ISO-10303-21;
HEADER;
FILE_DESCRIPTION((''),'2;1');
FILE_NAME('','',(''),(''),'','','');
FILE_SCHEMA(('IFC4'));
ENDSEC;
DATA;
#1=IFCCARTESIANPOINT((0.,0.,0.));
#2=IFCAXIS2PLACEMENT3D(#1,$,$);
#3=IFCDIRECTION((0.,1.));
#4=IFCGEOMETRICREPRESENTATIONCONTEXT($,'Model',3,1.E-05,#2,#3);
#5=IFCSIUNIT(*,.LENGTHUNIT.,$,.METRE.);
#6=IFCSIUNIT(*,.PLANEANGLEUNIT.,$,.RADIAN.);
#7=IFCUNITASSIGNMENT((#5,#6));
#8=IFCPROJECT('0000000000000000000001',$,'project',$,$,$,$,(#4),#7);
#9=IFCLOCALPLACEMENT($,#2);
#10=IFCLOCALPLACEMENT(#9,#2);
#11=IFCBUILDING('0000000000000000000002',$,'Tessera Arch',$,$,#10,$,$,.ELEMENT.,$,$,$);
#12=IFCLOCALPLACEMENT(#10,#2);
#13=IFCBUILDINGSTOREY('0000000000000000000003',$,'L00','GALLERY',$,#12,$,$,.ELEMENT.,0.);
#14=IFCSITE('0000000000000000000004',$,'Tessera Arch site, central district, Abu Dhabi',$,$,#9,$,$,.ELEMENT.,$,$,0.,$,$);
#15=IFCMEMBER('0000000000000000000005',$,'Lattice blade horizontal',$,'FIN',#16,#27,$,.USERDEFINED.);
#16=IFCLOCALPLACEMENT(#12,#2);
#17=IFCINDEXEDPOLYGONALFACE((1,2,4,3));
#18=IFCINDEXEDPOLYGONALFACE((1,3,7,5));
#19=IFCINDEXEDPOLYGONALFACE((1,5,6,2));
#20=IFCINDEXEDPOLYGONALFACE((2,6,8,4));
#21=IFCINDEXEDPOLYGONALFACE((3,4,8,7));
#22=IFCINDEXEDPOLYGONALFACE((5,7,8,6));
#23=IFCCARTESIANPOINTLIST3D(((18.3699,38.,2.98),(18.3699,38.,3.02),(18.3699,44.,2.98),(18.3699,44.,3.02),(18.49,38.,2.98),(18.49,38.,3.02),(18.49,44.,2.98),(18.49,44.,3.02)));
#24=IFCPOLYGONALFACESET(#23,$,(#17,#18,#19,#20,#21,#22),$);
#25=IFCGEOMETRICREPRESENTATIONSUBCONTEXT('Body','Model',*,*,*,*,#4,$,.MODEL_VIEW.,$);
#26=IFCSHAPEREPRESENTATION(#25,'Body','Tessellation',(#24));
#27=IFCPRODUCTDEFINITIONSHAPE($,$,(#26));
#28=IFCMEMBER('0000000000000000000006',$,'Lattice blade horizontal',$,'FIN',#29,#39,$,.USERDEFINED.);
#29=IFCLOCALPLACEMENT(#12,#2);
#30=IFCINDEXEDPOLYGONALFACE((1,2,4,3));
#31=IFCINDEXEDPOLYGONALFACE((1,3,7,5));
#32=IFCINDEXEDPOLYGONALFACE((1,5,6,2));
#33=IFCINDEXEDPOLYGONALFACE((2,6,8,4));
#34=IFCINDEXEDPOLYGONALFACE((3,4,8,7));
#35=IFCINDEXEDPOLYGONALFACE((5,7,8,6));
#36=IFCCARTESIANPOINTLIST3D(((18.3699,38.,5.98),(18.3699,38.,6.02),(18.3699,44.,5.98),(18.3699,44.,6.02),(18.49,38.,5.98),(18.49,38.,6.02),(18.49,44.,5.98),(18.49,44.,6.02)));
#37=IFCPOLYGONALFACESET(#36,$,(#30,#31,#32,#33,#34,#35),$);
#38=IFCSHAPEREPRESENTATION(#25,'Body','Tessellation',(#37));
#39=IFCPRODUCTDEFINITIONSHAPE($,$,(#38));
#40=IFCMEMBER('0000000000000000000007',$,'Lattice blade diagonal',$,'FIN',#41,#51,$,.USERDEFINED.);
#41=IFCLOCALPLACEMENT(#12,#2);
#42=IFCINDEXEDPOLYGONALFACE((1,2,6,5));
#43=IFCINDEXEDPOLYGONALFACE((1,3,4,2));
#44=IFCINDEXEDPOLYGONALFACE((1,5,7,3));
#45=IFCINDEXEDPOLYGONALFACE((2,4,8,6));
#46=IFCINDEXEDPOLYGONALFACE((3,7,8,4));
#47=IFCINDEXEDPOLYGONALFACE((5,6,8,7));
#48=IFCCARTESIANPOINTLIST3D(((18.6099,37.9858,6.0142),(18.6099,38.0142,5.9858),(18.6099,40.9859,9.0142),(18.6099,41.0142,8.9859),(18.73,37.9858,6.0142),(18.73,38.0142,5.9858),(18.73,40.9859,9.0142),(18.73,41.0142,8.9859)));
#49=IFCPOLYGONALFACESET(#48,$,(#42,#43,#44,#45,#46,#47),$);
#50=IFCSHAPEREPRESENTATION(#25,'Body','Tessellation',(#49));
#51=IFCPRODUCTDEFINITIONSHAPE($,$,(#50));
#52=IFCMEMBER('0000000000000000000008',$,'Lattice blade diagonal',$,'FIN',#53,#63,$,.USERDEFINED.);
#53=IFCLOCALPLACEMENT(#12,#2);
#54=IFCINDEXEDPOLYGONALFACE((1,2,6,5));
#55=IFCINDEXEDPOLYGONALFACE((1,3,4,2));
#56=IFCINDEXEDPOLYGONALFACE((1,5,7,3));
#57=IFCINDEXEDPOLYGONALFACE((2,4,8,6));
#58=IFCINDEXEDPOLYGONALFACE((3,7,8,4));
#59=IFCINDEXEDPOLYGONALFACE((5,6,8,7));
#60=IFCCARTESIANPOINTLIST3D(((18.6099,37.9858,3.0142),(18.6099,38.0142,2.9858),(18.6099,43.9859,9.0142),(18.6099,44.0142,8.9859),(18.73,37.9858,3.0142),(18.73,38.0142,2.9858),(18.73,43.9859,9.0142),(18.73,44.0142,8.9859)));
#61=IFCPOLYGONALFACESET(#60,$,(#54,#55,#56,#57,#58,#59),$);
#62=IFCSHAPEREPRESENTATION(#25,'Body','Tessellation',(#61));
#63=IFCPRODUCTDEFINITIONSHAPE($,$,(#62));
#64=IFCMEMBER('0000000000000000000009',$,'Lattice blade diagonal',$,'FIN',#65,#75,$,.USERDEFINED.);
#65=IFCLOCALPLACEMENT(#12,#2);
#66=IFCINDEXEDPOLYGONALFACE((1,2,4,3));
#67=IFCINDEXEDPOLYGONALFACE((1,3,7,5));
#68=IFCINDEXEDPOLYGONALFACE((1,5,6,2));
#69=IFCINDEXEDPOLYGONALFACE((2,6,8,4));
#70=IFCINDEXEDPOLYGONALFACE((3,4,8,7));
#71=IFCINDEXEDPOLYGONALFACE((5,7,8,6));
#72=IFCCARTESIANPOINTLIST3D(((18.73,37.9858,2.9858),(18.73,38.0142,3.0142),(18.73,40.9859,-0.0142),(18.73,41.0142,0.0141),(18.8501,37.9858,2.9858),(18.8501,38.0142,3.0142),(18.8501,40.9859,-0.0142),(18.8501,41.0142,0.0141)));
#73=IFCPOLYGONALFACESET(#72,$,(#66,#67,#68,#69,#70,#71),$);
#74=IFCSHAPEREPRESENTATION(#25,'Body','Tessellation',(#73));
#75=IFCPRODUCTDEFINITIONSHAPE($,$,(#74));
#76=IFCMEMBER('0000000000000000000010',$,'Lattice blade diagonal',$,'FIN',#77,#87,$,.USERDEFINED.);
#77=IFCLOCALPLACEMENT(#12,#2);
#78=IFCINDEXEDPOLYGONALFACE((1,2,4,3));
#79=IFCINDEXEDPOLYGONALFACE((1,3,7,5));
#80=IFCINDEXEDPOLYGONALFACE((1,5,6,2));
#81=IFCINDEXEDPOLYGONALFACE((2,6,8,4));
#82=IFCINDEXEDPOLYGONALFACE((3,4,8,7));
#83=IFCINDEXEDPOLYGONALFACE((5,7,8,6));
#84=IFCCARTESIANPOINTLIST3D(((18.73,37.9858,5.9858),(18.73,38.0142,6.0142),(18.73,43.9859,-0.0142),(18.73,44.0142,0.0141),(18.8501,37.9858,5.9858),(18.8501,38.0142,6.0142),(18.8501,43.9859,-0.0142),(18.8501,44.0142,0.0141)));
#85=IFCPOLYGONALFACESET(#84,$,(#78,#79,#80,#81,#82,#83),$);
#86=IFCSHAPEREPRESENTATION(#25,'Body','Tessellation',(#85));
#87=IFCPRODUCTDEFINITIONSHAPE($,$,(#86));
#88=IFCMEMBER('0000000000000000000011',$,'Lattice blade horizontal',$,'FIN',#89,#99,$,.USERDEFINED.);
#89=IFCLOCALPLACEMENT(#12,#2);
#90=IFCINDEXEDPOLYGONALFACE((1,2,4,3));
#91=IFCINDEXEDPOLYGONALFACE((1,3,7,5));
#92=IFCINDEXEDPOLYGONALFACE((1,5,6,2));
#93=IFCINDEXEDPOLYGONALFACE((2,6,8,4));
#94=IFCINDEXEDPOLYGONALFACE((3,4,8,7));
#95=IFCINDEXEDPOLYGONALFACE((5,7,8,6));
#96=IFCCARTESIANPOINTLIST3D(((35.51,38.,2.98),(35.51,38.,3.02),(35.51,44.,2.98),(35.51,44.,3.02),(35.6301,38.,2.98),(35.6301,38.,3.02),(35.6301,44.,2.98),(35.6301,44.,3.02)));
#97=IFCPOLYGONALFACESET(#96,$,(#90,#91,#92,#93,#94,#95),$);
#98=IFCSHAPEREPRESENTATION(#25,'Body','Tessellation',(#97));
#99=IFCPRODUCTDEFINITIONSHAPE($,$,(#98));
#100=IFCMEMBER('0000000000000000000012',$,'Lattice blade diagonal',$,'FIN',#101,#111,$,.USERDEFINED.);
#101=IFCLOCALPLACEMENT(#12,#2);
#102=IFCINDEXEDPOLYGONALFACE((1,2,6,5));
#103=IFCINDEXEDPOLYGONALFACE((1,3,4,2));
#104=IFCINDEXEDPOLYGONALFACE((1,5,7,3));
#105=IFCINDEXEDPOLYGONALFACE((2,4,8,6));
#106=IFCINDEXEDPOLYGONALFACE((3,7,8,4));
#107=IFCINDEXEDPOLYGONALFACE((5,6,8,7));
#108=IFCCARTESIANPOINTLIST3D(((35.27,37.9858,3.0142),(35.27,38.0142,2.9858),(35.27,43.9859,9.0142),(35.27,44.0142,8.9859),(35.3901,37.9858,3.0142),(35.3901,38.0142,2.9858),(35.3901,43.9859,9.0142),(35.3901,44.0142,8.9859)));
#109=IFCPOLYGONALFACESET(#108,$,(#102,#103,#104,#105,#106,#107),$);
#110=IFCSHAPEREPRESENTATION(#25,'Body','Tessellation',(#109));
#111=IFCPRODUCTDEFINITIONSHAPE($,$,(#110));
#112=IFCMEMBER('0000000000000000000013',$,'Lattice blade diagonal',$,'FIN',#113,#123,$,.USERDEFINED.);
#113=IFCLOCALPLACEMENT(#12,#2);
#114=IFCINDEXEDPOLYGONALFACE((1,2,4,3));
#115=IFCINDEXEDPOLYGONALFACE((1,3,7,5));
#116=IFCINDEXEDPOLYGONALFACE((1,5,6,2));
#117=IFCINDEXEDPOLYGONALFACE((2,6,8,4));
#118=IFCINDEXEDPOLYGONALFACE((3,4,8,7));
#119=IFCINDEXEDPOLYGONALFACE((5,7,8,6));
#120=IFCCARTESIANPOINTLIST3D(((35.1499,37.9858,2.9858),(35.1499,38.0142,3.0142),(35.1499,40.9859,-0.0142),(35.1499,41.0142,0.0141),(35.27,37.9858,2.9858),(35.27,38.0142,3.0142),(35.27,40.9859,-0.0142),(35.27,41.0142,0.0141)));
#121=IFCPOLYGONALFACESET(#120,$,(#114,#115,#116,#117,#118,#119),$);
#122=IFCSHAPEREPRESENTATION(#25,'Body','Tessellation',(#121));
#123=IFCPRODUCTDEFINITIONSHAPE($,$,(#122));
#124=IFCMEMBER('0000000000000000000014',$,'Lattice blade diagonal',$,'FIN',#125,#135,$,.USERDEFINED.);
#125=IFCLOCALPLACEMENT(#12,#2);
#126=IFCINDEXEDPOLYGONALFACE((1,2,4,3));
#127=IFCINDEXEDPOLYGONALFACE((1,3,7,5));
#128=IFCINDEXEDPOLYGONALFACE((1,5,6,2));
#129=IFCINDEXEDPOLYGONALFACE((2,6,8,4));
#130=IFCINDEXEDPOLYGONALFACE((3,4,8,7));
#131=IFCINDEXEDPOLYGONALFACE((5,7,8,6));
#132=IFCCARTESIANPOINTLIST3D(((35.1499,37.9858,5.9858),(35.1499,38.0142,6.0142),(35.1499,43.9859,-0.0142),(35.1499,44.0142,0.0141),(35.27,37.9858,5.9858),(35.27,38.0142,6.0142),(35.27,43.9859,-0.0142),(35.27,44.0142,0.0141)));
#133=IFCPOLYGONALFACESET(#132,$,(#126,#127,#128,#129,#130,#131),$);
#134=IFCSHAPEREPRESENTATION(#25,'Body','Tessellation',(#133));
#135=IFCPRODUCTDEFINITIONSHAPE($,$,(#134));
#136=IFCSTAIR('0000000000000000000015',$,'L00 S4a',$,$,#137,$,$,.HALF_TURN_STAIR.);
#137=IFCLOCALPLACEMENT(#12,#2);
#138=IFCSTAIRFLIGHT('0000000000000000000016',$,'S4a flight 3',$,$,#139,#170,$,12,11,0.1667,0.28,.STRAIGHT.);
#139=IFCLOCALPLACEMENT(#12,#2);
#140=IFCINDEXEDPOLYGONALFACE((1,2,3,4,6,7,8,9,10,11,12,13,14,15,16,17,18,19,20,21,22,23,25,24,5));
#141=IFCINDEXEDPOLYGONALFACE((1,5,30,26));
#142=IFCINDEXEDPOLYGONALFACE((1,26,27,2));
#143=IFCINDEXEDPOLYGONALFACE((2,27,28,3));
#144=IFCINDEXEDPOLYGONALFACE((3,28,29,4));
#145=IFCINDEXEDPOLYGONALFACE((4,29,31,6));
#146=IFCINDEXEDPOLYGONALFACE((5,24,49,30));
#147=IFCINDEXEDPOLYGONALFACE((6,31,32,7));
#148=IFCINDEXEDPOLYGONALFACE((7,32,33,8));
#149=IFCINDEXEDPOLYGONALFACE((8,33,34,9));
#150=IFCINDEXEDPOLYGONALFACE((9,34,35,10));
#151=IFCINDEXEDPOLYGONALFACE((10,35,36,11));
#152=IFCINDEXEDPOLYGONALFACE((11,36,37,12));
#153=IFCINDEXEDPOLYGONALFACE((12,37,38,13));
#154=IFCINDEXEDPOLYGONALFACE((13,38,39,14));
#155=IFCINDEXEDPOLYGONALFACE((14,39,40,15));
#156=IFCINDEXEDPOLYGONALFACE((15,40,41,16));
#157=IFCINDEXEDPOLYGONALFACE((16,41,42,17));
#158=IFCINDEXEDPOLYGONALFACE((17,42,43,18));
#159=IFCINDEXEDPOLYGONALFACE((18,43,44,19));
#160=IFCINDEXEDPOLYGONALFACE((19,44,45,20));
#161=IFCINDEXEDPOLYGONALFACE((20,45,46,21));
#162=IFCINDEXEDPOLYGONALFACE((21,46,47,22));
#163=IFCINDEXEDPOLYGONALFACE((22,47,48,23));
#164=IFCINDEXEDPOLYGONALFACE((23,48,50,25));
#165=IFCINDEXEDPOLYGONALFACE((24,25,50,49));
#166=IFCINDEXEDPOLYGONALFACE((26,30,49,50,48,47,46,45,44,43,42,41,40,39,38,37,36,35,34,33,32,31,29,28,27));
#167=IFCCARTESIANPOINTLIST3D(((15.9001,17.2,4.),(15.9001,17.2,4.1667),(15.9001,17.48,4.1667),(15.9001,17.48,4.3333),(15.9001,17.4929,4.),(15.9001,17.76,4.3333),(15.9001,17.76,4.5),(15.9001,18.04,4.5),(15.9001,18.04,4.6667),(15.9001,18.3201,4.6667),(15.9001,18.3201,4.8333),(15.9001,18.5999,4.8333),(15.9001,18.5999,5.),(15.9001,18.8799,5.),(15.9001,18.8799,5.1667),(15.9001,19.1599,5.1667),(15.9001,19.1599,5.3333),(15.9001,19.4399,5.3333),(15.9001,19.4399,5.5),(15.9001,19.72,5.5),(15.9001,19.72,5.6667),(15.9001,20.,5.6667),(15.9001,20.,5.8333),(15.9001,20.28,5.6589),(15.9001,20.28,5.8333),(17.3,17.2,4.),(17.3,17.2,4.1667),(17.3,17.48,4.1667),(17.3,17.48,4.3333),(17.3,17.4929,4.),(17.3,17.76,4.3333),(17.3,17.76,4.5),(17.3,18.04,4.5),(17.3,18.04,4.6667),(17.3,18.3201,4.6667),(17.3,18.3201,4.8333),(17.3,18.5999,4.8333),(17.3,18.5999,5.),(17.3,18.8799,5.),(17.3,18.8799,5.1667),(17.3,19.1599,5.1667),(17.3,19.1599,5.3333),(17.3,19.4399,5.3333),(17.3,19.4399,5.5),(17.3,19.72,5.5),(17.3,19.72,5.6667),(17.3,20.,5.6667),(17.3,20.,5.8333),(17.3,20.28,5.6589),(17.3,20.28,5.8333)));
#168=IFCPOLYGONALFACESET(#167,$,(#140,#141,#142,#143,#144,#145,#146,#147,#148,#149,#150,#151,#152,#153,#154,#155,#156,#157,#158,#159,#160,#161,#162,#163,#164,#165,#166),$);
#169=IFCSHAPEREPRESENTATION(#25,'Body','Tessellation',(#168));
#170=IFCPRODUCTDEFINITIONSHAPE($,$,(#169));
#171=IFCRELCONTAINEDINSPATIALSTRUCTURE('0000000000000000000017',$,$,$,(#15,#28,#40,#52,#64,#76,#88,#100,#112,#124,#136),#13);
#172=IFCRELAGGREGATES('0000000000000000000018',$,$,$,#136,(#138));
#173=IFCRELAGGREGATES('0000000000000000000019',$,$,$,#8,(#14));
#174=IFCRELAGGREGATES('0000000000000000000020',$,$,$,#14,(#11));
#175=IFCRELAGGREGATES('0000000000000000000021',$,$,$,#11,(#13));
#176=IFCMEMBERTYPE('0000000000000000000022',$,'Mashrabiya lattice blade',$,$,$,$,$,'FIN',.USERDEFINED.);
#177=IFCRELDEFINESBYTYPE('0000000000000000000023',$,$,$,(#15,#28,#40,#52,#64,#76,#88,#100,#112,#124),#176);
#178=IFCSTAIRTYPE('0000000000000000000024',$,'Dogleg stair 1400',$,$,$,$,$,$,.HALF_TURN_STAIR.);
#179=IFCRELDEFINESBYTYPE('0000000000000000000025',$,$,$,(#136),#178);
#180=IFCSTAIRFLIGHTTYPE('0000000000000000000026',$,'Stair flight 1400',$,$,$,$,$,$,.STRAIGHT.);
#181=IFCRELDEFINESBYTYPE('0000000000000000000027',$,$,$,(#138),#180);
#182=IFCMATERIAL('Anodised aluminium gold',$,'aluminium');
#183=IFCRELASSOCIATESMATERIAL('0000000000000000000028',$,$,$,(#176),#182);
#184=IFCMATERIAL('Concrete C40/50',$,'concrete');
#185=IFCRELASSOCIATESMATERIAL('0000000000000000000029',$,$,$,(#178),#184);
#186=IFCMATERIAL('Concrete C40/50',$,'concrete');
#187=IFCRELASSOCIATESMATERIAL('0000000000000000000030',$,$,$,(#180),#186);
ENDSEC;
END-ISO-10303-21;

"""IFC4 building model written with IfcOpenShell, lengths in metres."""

from ifc_helpers import new_model, si_unit, direction, frame, origin, origin_2d, place, context, subcontext, project, spatial, polyline, rectangle, outline, extrude, material, material_profile, profile_set, type_object, element, aggregate, save


model = new_model("IFC4")

# Units and contexts
model_context = context("Model", 3, precision=1e-05, world=origin(), true_north=direction((0.0, 1.0)))
body_context = subcontext(model_context, "Body", "Model", "MODEL_VIEW")
ifc_project = project(units=[si_unit("LENGTHUNIT", "METRE"), si_unit("PLANEANGLEUNIT", "RADIAN")], contexts=[model_context])

# Site, building, storey
site_placement = place(None, origin())
site = spatial("IfcSite", under=ifc_project, at=site_placement, Name="Tessera Arch site, central district, Abu Dhabi", CompositionType="ELEMENT", RefElevation=0.0)
building_placement = place(site_placement, origin())
building = spatial("IfcBuilding", under=site, at=building_placement, Name="Tessera Arch", CompositionType="ELEMENT")
storey_placement = place(building_placement, origin())
storey = spatial("IfcBuildingStorey", under=building, at=storey_placement, Name="L00", Description="GALLERY", CompositionType="ELEMENT", Elevation=0.0)

# Members
ifc_material_1 = material(Name="Anodised aluminium gold", Category="aluminium")
ifc_material_profile = material_profile(ifc_material_1, rectangle(XDim=0.1201, YDim=0.04, at=origin_2d()), Name="AL 40x120")
ifc_profile_set = profile_set([ifc_material_profile], Name="Anodised aluminium gold")
member_type = type_object("IfcMemberType", Name="Mashrabiya lattice blade", ElementType="FIN", PredefinedType="USERDEFINED", material=ifc_profile_set)
for number, where, z_axis, x_axis, name in (
    (1, (18.4299, 38.0, 3.0), (0.0, 1.0, 0.0), (-1.0, 0.0, 0.0), "Lattice blade horizontal"),
    (2, (18.4299, 38.0, 6.0), (0.0, 1.0, 0.0), (-1.0, 0.0, 0.0), "Lattice blade horizontal"),
):
    element("IfcMember", number, at=place(storey_placement, frame(where, z_axis=z_axis, x_axis=x_axis)), inside=storey, type_object=member_type, Name=name, ObjectType="FIN", PredefinedType="USERDEFINED", context=body_context, shape_type="SweptSolid", body=[
        extrude(rectangle(XDim=0.1201, YDim=0.04, at=origin_2d()), origin(), (0.0, 0.0, 1.0), 6.0),
    ])
member_1_placement = place(storey_placement, frame((18.6699, 38.0, 6.0), z_axis=(0.0, 0.707107, 0.707107), x_axis=(-1.0, 0.0, 0.0)))
element("IfcMember", 3, at=member_1_placement, inside=storey, type_object=member_type, Name="Lattice blade diagonal", ObjectType="FIN", PredefinedType="USERDEFINED", context=body_context, shape_type="SweptSolid", body=[
    extrude(rectangle(XDim=0.1201, YDim=0.04, at=origin_2d()), origin(), (0.0, 0.0, 1.0), 4.2427),
])
member_2_placement = place(storey_placement, frame((18.6699, 38.0, 3.0), z_axis=(0.0, 0.707107, 0.707107), x_axis=(-1.0, 0.0, 0.0)))
element("IfcMember", 4, at=member_2_placement, inside=storey, type_object=member_type, Name="Lattice blade diagonal", ObjectType="FIN", PredefinedType="USERDEFINED", context=body_context, shape_type="SweptSolid", body=[
    extrude(rectangle(XDim=0.1201, YDim=0.04, at=origin_2d()), origin(), (0.0, 0.0, 1.0), 8.4854),
])
member_3_placement = place(storey_placement, frame((18.79, 38.0, 3.0), z_axis=(0.0, 0.707107, -0.707107), x_axis=(-1.0, 0.0, 0.0)))
element("IfcMember", 5, at=member_3_placement, inside=storey, type_object=member_type, Name="Lattice blade diagonal", ObjectType="FIN", PredefinedType="USERDEFINED", context=body_context, shape_type="SweptSolid", body=[
    extrude(rectangle(XDim=0.1201, YDim=0.04, at=origin_2d()), origin(), (0.0, 0.0, 1.0), 4.2427),
])
member_4_placement = place(storey_placement, frame((18.79, 38.0, 6.0), z_axis=(0.0, 0.707107, -0.707107), x_axis=(-1.0, 0.0, 0.0)))
element("IfcMember", 6, at=member_4_placement, inside=storey, type_object=member_type, Name="Lattice blade diagonal", ObjectType="FIN", PredefinedType="USERDEFINED", context=body_context, shape_type="SweptSolid", body=[
    extrude(rectangle(XDim=0.1201, YDim=0.04, at=origin_2d()), origin(), (0.0, 0.0, 1.0), 8.4854),
])
member_5_placement = place(storey_placement, frame((35.5701, 38.0, 3.0), z_axis=(0.0, 1.0, 0.0), x_axis=(-1.0, 0.0, 0.0)))
element("IfcMember", 7, at=member_5_placement, inside=storey, type_object=member_type, Name="Lattice blade horizontal", ObjectType="FIN", PredefinedType="USERDEFINED", context=body_context, shape_type="SweptSolid", body=[
    extrude(rectangle(XDim=0.1201, YDim=0.04, at=origin_2d()), origin(), (0.0, 0.0, 1.0), 6.0),
])
member_6_placement = place(storey_placement, frame((35.3301, 38.0, 3.0), z_axis=(0.0, 0.707107, 0.707107), x_axis=(-1.0, 0.0, 0.0)))
element("IfcMember", 8, at=member_6_placement, inside=storey, type_object=member_type, Name="Lattice blade diagonal", ObjectType="FIN", PredefinedType="USERDEFINED", context=body_context, shape_type="SweptSolid", body=[
    extrude(rectangle(XDim=0.1201, YDim=0.04, at=origin_2d()), origin(), (0.0, 0.0, 1.0), 8.4854),
])
member_7_placement = place(storey_placement, frame((35.21, 38.0, 3.0), z_axis=(0.0, 0.707107, -0.707107), x_axis=(-1.0, 0.0, 0.0)))
element("IfcMember", 9, at=member_7_placement, inside=storey, type_object=member_type, Name="Lattice blade diagonal", ObjectType="FIN", PredefinedType="USERDEFINED", context=body_context, shape_type="SweptSolid", body=[
    extrude(rectangle(XDim=0.1201, YDim=0.04, at=origin_2d()), origin(), (0.0, 0.0, 1.0), 4.2427),
])
member_8_placement = place(storey_placement, frame((35.21, 38.0, 6.0), z_axis=(0.0, 0.707107, -0.707107), x_axis=(-1.0, 0.0, 0.0)))
element("IfcMember", 10, at=member_8_placement, inside=storey, type_object=member_type, Name="Lattice blade diagonal", ObjectType="FIN", PredefinedType="USERDEFINED", context=body_context, shape_type="SweptSolid", body=[
    extrude(rectangle(XDim=0.1201, YDim=0.04, at=origin_2d()), origin(), (0.0, 0.0, 1.0), 8.4854),
])

# Stair, stair flight
ifc_material_2 = material(Name="Concrete C40/50", Category="concrete")
stair_type = type_object("IfcStairType", Name="Dogleg stair 1400", PredefinedType="HALF_TURN_STAIR", material=ifc_material_2)
stair_1_placement = place(storey_placement, origin())
stair_1 = element("IfcStair", 11, at=stair_1_placement, inside=storey, type_object=stair_type, Name="L00 S4a", PredefinedType="HALF_TURN_STAIR")
ifc_material_3 = material(Name="Concrete C40/50", Category="concrete")
stair_flight_type = type_object("IfcStairFlightType", Name="Stair flight 1400", PredefinedType="STRAIGHT", material=ifc_material_3)
stair_flight_1_placement = place(storey_placement, frame((16.6001, 17.2, 4.0), z_axis=(0.0, 0.0, 1.0), x_axis=(0.0, 1.0, 0.0)))
stair_flight_1 = element("IfcStairFlight", 12, at=stair_flight_1_placement, type_object=stair_flight_type, Name="S4a flight 3", NumberOfRisers=12, NumberOfTreads=11, PredefinedType="STRAIGHT", RiserHeight=0.1667, TreadLength=0.28, context=body_context, shape_type="SweptSolid", body=[
    extrude(outline(polyline([(0.0, 0.0), (0.0, 0.1667), (0.28, 0.1667), (0.28, 0.3333), (0.5601, 0.3333), (0.5601, 0.5), (0.8401, 0.5), (0.8401, 0.6667), (1.1201, 0.6667), (1.1201, 0.8333), (1.3999, 0.8333), (1.3999, 1.0), (1.6799, 1.0), (1.6799, 1.1667), (1.96, 1.1667), (1.96, 1.3333), (2.24, 1.3333), (2.24, 1.5), (2.52, 1.5), (2.52, 1.6667), (2.8, 1.6667), (2.8, 1.8333), (3.0801, 1.8333), (3.0801, 2.0), (3.0801, 1.6589), (0.293, 0.0), (0.0, 0.0)])), frame((0.0, 0.7, 0.0), z_axis=(0.0, -1.0, 0.0), x_axis=(1.0, 0.0, 0.0)), (0.0, 0.0, 1.0), 1.3999),
])
aggregate(stair_1, [stair_flight_1])

save(model, "model.ifc")
